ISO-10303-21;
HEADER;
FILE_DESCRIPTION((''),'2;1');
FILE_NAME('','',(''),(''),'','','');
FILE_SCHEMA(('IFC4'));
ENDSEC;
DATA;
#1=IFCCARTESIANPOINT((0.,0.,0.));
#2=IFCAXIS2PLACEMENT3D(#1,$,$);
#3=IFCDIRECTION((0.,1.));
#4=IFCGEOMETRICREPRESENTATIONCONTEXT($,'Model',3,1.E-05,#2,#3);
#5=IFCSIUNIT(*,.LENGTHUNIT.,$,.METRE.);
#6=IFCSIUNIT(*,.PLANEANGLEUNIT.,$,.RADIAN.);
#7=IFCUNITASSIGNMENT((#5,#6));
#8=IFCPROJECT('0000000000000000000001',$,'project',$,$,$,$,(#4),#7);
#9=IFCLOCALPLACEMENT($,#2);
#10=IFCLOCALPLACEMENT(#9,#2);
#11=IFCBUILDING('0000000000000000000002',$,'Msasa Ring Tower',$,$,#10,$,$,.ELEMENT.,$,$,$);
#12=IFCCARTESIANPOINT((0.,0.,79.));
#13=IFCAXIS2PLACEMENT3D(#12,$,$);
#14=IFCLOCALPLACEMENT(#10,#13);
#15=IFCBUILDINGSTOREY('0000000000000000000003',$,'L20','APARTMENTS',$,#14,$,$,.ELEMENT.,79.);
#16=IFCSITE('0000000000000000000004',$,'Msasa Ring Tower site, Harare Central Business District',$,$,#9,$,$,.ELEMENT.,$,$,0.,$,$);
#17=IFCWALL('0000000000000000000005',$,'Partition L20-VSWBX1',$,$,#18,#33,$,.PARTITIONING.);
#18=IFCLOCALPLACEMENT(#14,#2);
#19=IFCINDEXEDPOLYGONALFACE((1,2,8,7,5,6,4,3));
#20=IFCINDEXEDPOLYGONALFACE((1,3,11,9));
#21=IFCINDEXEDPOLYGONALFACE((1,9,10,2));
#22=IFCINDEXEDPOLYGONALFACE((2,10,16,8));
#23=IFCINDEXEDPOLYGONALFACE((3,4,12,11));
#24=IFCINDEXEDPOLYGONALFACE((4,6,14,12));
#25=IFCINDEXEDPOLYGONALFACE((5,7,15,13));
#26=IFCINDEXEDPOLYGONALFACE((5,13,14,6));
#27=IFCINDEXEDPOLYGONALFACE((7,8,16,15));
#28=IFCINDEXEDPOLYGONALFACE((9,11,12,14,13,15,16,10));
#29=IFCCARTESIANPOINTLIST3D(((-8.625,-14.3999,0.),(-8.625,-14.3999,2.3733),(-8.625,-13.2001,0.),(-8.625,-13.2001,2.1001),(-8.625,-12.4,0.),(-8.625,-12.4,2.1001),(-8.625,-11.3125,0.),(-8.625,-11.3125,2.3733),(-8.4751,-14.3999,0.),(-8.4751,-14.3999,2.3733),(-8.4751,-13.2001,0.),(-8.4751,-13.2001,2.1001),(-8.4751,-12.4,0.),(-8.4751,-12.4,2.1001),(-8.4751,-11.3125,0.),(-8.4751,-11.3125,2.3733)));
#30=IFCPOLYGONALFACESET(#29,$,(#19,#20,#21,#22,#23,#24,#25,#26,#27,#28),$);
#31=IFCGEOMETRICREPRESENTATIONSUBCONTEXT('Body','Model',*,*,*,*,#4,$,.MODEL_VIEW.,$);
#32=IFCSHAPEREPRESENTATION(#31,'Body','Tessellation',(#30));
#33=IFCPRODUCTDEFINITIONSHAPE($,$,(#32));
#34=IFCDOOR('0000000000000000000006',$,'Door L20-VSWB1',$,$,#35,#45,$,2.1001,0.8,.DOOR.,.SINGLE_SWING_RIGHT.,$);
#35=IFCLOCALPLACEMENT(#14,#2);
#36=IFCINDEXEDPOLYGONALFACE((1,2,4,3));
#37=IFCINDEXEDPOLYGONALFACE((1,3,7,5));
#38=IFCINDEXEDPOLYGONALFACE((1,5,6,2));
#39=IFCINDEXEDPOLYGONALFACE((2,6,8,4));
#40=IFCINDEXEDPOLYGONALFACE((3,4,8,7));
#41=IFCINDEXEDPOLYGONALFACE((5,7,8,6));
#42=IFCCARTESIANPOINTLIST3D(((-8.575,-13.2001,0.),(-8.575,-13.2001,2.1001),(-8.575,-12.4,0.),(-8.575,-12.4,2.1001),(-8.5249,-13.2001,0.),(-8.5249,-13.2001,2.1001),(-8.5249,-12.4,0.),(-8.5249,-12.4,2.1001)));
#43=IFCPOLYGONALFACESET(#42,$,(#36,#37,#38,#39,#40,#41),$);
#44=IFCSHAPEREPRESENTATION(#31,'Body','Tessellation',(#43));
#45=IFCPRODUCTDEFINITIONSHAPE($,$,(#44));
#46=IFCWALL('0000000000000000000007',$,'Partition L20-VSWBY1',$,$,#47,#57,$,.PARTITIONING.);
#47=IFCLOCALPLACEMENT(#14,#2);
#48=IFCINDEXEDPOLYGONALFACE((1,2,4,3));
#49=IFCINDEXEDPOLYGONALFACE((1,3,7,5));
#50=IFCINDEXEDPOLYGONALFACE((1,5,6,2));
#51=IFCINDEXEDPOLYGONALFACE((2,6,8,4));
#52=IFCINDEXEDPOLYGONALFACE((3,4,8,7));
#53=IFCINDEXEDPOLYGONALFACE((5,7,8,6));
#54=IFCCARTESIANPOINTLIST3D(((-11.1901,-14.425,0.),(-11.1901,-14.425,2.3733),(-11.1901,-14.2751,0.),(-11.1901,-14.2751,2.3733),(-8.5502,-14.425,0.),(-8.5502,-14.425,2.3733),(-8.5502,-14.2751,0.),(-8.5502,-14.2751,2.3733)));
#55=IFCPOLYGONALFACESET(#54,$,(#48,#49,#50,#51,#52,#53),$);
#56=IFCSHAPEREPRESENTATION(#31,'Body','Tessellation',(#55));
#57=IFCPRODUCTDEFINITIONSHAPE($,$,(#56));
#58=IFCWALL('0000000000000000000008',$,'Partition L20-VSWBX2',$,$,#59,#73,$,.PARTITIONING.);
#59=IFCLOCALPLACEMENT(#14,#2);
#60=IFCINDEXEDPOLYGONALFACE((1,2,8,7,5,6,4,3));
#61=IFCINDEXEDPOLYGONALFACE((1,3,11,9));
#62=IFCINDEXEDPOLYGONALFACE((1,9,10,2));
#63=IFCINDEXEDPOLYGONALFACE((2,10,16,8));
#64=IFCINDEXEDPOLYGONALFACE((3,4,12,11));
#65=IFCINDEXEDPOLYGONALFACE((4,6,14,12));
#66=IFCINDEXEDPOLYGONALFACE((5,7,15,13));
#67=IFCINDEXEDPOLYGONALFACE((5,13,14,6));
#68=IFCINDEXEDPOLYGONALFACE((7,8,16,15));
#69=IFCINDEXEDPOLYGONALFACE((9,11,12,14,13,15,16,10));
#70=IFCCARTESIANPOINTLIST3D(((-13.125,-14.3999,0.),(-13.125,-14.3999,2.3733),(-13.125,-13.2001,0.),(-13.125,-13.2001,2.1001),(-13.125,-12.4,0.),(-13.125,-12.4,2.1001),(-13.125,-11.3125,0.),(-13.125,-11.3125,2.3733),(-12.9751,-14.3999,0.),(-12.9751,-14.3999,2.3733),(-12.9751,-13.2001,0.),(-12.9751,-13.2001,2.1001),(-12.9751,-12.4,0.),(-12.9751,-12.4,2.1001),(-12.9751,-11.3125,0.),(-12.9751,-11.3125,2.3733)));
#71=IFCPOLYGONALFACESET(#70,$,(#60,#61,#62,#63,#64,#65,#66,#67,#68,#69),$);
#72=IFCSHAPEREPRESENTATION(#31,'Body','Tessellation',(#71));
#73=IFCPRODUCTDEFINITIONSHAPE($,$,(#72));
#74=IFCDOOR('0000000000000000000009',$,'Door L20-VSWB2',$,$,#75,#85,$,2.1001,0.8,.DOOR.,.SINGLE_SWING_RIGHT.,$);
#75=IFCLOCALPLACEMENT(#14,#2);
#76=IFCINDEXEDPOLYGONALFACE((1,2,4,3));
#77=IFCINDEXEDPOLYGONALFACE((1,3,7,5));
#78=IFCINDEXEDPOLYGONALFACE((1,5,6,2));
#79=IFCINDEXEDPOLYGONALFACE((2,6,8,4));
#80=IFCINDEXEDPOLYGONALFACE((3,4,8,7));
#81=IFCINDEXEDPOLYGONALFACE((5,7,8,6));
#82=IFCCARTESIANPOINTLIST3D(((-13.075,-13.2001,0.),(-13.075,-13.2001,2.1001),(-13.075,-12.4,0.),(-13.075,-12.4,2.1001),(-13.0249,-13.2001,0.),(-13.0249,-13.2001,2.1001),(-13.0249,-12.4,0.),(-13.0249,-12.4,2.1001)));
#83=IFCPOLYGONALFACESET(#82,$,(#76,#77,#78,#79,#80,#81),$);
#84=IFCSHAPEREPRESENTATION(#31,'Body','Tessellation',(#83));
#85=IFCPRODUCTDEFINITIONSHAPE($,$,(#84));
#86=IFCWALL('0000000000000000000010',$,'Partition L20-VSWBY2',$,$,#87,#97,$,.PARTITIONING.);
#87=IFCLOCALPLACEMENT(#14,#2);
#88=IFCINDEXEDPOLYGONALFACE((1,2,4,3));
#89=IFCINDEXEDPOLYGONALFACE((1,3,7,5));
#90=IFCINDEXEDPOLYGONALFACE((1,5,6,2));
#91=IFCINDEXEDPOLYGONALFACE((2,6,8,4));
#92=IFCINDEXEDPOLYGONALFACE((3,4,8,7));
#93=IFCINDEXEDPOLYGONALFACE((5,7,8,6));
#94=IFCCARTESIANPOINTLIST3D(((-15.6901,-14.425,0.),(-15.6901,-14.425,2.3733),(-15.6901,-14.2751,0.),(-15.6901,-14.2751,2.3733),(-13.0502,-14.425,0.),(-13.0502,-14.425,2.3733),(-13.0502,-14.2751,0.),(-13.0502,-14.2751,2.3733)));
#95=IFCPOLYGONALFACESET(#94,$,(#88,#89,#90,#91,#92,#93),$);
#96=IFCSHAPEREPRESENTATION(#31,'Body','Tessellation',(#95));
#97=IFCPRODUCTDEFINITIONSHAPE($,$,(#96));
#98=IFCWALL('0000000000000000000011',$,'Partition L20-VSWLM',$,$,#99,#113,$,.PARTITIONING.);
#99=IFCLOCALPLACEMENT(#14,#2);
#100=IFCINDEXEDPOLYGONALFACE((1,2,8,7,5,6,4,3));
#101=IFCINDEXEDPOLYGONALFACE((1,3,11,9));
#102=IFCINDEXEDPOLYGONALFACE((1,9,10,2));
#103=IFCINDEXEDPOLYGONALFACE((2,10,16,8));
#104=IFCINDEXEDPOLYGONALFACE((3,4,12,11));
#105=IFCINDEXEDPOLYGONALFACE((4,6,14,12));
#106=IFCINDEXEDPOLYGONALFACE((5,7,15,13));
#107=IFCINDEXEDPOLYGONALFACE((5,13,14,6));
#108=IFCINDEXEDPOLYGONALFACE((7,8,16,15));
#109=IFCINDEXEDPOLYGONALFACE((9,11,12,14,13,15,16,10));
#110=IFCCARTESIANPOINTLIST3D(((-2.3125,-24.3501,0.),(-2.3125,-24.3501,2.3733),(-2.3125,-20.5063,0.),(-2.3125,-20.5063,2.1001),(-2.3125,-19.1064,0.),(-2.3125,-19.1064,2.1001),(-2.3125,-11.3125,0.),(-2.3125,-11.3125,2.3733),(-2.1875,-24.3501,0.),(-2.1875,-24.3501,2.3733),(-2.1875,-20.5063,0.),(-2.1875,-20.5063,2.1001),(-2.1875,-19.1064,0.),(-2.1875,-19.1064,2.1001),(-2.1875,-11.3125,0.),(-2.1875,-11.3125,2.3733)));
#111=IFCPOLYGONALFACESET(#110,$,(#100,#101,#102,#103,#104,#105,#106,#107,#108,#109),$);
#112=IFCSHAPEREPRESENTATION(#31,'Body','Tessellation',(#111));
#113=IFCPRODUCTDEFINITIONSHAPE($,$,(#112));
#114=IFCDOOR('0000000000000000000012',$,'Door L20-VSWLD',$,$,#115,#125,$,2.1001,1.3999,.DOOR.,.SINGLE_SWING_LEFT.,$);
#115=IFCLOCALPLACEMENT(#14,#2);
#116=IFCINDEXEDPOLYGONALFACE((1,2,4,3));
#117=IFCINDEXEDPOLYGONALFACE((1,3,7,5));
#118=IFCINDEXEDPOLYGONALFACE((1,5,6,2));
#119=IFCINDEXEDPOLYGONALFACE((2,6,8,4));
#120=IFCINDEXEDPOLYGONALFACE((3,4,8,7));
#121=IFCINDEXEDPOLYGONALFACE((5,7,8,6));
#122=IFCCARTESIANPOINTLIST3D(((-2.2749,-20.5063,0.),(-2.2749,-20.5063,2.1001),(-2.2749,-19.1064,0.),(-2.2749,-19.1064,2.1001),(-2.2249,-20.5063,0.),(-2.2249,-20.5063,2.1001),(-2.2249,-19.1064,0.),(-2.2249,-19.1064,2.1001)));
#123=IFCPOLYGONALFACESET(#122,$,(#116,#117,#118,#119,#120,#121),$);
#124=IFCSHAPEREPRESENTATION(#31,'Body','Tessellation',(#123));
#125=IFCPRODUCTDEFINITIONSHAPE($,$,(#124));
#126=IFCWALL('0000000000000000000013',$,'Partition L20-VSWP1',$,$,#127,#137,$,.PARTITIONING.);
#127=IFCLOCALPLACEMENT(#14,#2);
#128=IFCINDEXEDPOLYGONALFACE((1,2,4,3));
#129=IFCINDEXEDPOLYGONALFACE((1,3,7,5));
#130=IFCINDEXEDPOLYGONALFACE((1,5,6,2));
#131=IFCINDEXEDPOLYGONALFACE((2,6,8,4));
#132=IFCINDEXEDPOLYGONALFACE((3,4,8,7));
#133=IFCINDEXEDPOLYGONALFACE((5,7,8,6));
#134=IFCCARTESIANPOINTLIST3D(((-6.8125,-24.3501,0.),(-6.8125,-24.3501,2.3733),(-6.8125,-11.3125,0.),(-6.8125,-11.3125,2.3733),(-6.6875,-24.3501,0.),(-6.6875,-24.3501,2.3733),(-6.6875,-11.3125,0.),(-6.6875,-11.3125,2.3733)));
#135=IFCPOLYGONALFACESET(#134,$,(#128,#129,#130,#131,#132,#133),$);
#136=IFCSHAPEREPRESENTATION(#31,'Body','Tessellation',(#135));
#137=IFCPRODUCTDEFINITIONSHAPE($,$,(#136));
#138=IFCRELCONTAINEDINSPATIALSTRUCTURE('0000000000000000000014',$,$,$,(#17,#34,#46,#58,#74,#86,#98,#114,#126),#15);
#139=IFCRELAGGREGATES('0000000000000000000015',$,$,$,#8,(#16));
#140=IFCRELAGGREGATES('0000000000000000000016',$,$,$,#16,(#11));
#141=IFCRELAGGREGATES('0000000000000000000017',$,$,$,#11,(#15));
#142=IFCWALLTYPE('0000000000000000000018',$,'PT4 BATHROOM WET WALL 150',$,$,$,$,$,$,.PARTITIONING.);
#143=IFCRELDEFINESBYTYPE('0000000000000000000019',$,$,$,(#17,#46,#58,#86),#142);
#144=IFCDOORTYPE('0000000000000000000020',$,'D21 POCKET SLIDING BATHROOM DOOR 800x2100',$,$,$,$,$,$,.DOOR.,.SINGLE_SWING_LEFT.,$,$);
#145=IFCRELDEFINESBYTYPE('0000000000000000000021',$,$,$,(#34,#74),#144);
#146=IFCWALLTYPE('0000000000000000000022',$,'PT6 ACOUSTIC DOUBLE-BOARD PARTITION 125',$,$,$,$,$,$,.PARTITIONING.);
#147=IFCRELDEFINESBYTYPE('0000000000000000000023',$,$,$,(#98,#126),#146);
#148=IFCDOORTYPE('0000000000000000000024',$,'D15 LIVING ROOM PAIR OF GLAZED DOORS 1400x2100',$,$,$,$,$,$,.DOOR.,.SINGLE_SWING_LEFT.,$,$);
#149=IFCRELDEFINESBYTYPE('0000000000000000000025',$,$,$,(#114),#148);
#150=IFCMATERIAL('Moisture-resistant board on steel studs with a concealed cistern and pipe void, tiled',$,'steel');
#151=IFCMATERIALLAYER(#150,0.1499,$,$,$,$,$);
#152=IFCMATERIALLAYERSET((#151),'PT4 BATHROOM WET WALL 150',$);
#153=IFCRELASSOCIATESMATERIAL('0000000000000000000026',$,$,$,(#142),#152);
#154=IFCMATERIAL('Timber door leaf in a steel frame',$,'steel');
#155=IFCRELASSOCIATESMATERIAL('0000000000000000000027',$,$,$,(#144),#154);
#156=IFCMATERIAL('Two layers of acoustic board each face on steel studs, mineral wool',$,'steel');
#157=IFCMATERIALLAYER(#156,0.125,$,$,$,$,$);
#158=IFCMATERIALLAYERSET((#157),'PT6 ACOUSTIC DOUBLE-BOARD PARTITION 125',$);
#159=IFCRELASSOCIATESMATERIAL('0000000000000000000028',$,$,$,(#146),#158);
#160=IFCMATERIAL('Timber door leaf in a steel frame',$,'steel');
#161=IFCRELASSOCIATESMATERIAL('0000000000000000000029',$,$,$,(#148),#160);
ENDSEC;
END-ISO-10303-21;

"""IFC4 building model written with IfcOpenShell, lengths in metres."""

from ifc_helpers import new_model, si_unit, direction, frame, frame_2d, origin, place, context, subcontext, project, spatial, rectangle, extrude, material, layer, layer_set, type_object, element, fill, save


model = new_model("IFC4")

# Units and contexts
model_context = context("Model", 3, precision=1e-05, world=origin(), true_north=direction((0.0, 1.0)))
body_context = subcontext(model_context, "Body", "Model", "MODEL_VIEW")
ifc_project = project(units=[si_unit("LENGTHUNIT", "METRE"), si_unit("PLANEANGLEUNIT", "RADIAN")], contexts=[model_context])

# Site, building, storey
site_placement = place(None, origin())
site = spatial("IfcSite", under=ifc_project, at=site_placement, Name="Msasa Ring Tower site, Harare Central Business District", CompositionType="ELEMENT", RefElevation=0.0)
building_placement = place(site_placement, origin())
building = spatial("IfcBuilding", under=site, at=building_placement, Name="Msasa Ring Tower", CompositionType="ELEMENT")
storey_placement = place(building_placement, frame((0.0, 0.0, 79.0)))
storey = spatial("IfcBuildingStorey", under=building, at=storey_placement, Name="L20", Description="APARTMENTS", CompositionType="ELEMENT", Elevation=79.0)

# Wall, opening, door
ifc_material_1 = material(Name="Moisture-resistant board on steel studs with a concealed cistern and pipe void, tiled", Category="steel")
ifc_layer_1 = layer(ifc_material_1, 0.1499)
ifc_layer_set_1 = layer_set([ifc_layer_1], Name="PT4 BATHROOM WET WALL 150")
wall_type_1 = type_object("IfcWallType", Name="PT4 BATHROOM WET WALL 150", PredefinedType="PARTITIONING", material=ifc_layer_set_1)
wall_1_placement = place(storey_placement, frame((-8.55, -14.3999, 0.0), z_axis=(0.0, 0.0, 1.0), x_axis=(0.0, 1.0, 0.0)))
wall_1 = element("IfcWall", 1, at=wall_1_placement, inside=storey, type_object=wall_type_1, Name="Partition L20-VSWBX1", PredefinedType="PARTITIONING", context=body_context, shape_type="SweptSolid", body=[
    extrude(rectangle(XDim=3.0874, YDim=0.1499, at=frame_2d((1.5437, 0.0))), origin(), (0.0, 0.0, 1.0), 2.3733),
])
opening_1_placement = place(wall_1_placement, frame((1.2, 0.0, 0.0)))
opening_1 = element("IfcOpeningElement", 2, at=opening_1_placement, cuts=wall_1, PredefinedType="OPENING", context=body_context, shape_type="SweptSolid", body=[
    extrude(rectangle(XDim=0.8, YDim=2.1001, at=frame_2d((0.3999, 1.05))), frame((0.0, 0.085, 0.0), z_axis=(0.0, -1.0, 0.0), x_axis=(1.0, 0.0, 0.0)), (0.0, 0.0, 1.0), 0.1699),
])
ifc_material_2 = material(Name="Timber door leaf in a steel frame", Category="steel")
door_type_1 = type_object("IfcDoorType", Name="D21 POCKET SLIDING BATHROOM DOOR 800x2100", OperationType="SINGLE_SWING_LEFT", PredefinedType="DOOR", material=ifc_material_2)
door_1_placement = place(opening_1_placement, origin())
door_1 = element("IfcDoor", 3, at=door_1_placement, inside=storey, type_object=door_type_1, Name="Door L20-VSWB1", OperationType="SINGLE_SWING_RIGHT", OverallHeight=2.1001, OverallWidth=0.8, PredefinedType="DOOR", context=body_context, shape_type="SweptSolid", body=[
    extrude(rectangle(XDim=0.8, YDim=2.1001, at=frame_2d((0.3999, 1.05))), frame((0.0, 0.0249, 0.0), z_axis=(0.0, -1.0, 0.0), x_axis=(1.0, 0.0, 0.0)), (0.0, 0.0, 1.0), 0.05),
])
fill(opening_1, door_1)

# Wall
wall_2_placement = place(storey_placement, frame((-11.1899, -14.3501, 0.0), z_axis=(0.0, 0.0, 1.0), x_axis=(1.0, 0.0, 0.0)))
element("IfcWall", 4, at=wall_2_placement, inside=storey, type_object=wall_type_1, Name="Partition L20-VSWBY1", PredefinedType="PARTITIONING", context=body_context, shape_type="SweptSolid", body=[
    extrude(rectangle(XDim=2.6399, YDim=0.1499, at=frame_2d((1.3198, 0.0))), origin(), (0.0, 0.0, 1.0), 2.3733),
])

# Wall, opening, door
wall_3_placement = place(storey_placement, frame((-13.05, -14.3999, 0.0), z_axis=(0.0, 0.0, 1.0), x_axis=(0.0, 1.0, 0.0)))
wall_3 = element("IfcWall", 5, at=wall_3_placement, inside=storey, type_object=wall_type_1, Name="Partition L20-VSWBX2", PredefinedType="PARTITIONING", context=body_context, shape_type="SweptSolid", body=[
    extrude(rectangle(XDim=3.0874, YDim=0.1499, at=frame_2d((1.5437, 0.0))), origin(), (0.0, 0.0, 1.0), 2.3733),
])
opening_2_placement = place(wall_3_placement, frame((1.2, 0.0, 0.0)))
opening_2 = element("IfcOpeningElement", 6, at=opening_2_placement, cuts=wall_3, PredefinedType="OPENING", context=body_context, shape_type="SweptSolid", body=[
    extrude(rectangle(XDim=0.8, YDim=2.1001, at=frame_2d((0.3999, 1.05))), frame((0.0, 0.085, 0.0), z_axis=(0.0, -1.0, 0.0), x_axis=(1.0, 0.0, 0.0)), (0.0, 0.0, 1.0), 0.1699),
])
door_2_placement = place(opening_2_placement, origin())
door_2 = element("IfcDoor", 7, at=door_2_placement, inside=storey, type_object=door_type_1, Name="Door L20-VSWB2", OperationType="SINGLE_SWING_RIGHT", OverallHeight=2.1001, OverallWidth=0.8, PredefinedType="DOOR", context=body_context, shape_type="SweptSolid", body=[
    extrude(rectangle(XDim=0.8, YDim=2.1001, at=frame_2d((0.3999, 1.05))), frame((0.0, 0.0249, 0.0), z_axis=(0.0, -1.0, 0.0), x_axis=(1.0, 0.0, 0.0)), (0.0, 0.0, 1.0), 0.05),
])
fill(opening_2, door_2)

# Wall
wall_4_placement = place(storey_placement, frame((-15.6899, -14.3501, 0.0), z_axis=(0.0, 0.0, 1.0), x_axis=(1.0, 0.0, 0.0)))
element("IfcWall", 8, at=wall_4_placement, inside=storey, type_object=wall_type_1, Name="Partition L20-VSWBY2", PredefinedType="PARTITIONING", context=body_context, shape_type="SweptSolid", body=[
    extrude(rectangle(XDim=2.6399, YDim=0.1499, at=frame_2d((1.3198, 0.0))), origin(), (0.0, 0.0, 1.0), 2.3733),
])

# Wall, opening, door
ifc_material_3 = material(Name="Two layers of acoustic board each face on steel studs, mineral wool", Category="steel")
ifc_layer_2 = layer(ifc_material_3, 0.125)
ifc_layer_set_2 = layer_set([ifc_layer_2], Name="PT6 ACOUSTIC DOUBLE-BOARD PARTITION 125")
wall_type_2 = type_object("IfcWallType", Name="PT6 ACOUSTIC DOUBLE-BOARD PARTITION 125", PredefinedType="PARTITIONING", material=ifc_layer_set_2)
wall_5_placement = place(storey_placement, frame((-2.25, -24.3501, 0.0), z_axis=(0.0, 0.0, 1.0), x_axis=(0.0, 1.0, 0.0)))
wall_5 = element("IfcWall", 9, at=wall_5_placement, inside=storey, type_object=wall_type_2, Name="Partition L20-VSWLM", PredefinedType="PARTITIONING", context=body_context, shape_type="SweptSolid", body=[
    extrude(rectangle(XDim=13.0376, YDim=0.125, at=frame_2d((6.5188, 0.0))), origin(), (0.0, 0.0, 1.0), 2.3733),
])
opening_3_placement = place(wall_5_placement, frame((3.8438, 0.0, 0.0)))
opening_3 = element("IfcOpeningElement", 10, at=opening_3_placement, cuts=wall_5, PredefinedType="OPENING", context=body_context, shape_type="SweptSolid", body=[
    extrude(rectangle(XDim=1.3999, YDim=2.1001, at=frame_2d((0.7, 1.05))), frame((0.0, 0.0725, 0.0), z_axis=(0.0, -1.0, 0.0), x_axis=(1.0, 0.0, 0.0)), (0.0, 0.0, 1.0), 0.145),
])
ifc_material_4 = material(Name="Timber door leaf in a steel frame", Category="steel")
door_type_2 = type_object("IfcDoorType", Name="D15 LIVING ROOM PAIR OF GLAZED DOORS 1400x2100", OperationType="SINGLE_SWING_LEFT", PredefinedType="DOOR", material=ifc_material_4)
door_3_placement = place(opening_3_placement, origin())
door_3 = element("IfcDoor", 11, at=door_3_placement, inside=storey, type_object=door_type_2, Name="Door L20-VSWLD", OperationType="SINGLE_SWING_LEFT", OverallHeight=2.1001, OverallWidth=1.3999, PredefinedType="DOOR", context=body_context, shape_type="SweptSolid", body=[
    extrude(rectangle(XDim=1.3999, YDim=2.1001, at=frame_2d((0.7, 1.05))), frame((0.0, 0.0249, 0.0), z_axis=(0.0, -1.0, 0.0), x_axis=(1.0, 0.0, 0.0)), (0.0, 0.0, 1.0), 0.05),
])
fill(opening_3, door_3)

# Wall
wall_6_placement = place(storey_placement, frame((-6.75, -24.3501, 0.0), z_axis=(0.0, 0.0, 1.0), x_axis=(0.0, 1.0, 0.0)))
element("IfcWall", 12, at=wall_6_placement, inside=storey, type_object=wall_type_2, Name="Partition L20-VSWP1", PredefinedType="PARTITIONING", context=body_context, shape_type="SweptSolid", body=[
    extrude(rectangle(XDim=13.0376, YDim=0.125, at=frame_2d((6.5188, 0.0))), origin(), (0.0, 0.0, 1.0), 2.3733),
])

save(model, "model.ifc")
